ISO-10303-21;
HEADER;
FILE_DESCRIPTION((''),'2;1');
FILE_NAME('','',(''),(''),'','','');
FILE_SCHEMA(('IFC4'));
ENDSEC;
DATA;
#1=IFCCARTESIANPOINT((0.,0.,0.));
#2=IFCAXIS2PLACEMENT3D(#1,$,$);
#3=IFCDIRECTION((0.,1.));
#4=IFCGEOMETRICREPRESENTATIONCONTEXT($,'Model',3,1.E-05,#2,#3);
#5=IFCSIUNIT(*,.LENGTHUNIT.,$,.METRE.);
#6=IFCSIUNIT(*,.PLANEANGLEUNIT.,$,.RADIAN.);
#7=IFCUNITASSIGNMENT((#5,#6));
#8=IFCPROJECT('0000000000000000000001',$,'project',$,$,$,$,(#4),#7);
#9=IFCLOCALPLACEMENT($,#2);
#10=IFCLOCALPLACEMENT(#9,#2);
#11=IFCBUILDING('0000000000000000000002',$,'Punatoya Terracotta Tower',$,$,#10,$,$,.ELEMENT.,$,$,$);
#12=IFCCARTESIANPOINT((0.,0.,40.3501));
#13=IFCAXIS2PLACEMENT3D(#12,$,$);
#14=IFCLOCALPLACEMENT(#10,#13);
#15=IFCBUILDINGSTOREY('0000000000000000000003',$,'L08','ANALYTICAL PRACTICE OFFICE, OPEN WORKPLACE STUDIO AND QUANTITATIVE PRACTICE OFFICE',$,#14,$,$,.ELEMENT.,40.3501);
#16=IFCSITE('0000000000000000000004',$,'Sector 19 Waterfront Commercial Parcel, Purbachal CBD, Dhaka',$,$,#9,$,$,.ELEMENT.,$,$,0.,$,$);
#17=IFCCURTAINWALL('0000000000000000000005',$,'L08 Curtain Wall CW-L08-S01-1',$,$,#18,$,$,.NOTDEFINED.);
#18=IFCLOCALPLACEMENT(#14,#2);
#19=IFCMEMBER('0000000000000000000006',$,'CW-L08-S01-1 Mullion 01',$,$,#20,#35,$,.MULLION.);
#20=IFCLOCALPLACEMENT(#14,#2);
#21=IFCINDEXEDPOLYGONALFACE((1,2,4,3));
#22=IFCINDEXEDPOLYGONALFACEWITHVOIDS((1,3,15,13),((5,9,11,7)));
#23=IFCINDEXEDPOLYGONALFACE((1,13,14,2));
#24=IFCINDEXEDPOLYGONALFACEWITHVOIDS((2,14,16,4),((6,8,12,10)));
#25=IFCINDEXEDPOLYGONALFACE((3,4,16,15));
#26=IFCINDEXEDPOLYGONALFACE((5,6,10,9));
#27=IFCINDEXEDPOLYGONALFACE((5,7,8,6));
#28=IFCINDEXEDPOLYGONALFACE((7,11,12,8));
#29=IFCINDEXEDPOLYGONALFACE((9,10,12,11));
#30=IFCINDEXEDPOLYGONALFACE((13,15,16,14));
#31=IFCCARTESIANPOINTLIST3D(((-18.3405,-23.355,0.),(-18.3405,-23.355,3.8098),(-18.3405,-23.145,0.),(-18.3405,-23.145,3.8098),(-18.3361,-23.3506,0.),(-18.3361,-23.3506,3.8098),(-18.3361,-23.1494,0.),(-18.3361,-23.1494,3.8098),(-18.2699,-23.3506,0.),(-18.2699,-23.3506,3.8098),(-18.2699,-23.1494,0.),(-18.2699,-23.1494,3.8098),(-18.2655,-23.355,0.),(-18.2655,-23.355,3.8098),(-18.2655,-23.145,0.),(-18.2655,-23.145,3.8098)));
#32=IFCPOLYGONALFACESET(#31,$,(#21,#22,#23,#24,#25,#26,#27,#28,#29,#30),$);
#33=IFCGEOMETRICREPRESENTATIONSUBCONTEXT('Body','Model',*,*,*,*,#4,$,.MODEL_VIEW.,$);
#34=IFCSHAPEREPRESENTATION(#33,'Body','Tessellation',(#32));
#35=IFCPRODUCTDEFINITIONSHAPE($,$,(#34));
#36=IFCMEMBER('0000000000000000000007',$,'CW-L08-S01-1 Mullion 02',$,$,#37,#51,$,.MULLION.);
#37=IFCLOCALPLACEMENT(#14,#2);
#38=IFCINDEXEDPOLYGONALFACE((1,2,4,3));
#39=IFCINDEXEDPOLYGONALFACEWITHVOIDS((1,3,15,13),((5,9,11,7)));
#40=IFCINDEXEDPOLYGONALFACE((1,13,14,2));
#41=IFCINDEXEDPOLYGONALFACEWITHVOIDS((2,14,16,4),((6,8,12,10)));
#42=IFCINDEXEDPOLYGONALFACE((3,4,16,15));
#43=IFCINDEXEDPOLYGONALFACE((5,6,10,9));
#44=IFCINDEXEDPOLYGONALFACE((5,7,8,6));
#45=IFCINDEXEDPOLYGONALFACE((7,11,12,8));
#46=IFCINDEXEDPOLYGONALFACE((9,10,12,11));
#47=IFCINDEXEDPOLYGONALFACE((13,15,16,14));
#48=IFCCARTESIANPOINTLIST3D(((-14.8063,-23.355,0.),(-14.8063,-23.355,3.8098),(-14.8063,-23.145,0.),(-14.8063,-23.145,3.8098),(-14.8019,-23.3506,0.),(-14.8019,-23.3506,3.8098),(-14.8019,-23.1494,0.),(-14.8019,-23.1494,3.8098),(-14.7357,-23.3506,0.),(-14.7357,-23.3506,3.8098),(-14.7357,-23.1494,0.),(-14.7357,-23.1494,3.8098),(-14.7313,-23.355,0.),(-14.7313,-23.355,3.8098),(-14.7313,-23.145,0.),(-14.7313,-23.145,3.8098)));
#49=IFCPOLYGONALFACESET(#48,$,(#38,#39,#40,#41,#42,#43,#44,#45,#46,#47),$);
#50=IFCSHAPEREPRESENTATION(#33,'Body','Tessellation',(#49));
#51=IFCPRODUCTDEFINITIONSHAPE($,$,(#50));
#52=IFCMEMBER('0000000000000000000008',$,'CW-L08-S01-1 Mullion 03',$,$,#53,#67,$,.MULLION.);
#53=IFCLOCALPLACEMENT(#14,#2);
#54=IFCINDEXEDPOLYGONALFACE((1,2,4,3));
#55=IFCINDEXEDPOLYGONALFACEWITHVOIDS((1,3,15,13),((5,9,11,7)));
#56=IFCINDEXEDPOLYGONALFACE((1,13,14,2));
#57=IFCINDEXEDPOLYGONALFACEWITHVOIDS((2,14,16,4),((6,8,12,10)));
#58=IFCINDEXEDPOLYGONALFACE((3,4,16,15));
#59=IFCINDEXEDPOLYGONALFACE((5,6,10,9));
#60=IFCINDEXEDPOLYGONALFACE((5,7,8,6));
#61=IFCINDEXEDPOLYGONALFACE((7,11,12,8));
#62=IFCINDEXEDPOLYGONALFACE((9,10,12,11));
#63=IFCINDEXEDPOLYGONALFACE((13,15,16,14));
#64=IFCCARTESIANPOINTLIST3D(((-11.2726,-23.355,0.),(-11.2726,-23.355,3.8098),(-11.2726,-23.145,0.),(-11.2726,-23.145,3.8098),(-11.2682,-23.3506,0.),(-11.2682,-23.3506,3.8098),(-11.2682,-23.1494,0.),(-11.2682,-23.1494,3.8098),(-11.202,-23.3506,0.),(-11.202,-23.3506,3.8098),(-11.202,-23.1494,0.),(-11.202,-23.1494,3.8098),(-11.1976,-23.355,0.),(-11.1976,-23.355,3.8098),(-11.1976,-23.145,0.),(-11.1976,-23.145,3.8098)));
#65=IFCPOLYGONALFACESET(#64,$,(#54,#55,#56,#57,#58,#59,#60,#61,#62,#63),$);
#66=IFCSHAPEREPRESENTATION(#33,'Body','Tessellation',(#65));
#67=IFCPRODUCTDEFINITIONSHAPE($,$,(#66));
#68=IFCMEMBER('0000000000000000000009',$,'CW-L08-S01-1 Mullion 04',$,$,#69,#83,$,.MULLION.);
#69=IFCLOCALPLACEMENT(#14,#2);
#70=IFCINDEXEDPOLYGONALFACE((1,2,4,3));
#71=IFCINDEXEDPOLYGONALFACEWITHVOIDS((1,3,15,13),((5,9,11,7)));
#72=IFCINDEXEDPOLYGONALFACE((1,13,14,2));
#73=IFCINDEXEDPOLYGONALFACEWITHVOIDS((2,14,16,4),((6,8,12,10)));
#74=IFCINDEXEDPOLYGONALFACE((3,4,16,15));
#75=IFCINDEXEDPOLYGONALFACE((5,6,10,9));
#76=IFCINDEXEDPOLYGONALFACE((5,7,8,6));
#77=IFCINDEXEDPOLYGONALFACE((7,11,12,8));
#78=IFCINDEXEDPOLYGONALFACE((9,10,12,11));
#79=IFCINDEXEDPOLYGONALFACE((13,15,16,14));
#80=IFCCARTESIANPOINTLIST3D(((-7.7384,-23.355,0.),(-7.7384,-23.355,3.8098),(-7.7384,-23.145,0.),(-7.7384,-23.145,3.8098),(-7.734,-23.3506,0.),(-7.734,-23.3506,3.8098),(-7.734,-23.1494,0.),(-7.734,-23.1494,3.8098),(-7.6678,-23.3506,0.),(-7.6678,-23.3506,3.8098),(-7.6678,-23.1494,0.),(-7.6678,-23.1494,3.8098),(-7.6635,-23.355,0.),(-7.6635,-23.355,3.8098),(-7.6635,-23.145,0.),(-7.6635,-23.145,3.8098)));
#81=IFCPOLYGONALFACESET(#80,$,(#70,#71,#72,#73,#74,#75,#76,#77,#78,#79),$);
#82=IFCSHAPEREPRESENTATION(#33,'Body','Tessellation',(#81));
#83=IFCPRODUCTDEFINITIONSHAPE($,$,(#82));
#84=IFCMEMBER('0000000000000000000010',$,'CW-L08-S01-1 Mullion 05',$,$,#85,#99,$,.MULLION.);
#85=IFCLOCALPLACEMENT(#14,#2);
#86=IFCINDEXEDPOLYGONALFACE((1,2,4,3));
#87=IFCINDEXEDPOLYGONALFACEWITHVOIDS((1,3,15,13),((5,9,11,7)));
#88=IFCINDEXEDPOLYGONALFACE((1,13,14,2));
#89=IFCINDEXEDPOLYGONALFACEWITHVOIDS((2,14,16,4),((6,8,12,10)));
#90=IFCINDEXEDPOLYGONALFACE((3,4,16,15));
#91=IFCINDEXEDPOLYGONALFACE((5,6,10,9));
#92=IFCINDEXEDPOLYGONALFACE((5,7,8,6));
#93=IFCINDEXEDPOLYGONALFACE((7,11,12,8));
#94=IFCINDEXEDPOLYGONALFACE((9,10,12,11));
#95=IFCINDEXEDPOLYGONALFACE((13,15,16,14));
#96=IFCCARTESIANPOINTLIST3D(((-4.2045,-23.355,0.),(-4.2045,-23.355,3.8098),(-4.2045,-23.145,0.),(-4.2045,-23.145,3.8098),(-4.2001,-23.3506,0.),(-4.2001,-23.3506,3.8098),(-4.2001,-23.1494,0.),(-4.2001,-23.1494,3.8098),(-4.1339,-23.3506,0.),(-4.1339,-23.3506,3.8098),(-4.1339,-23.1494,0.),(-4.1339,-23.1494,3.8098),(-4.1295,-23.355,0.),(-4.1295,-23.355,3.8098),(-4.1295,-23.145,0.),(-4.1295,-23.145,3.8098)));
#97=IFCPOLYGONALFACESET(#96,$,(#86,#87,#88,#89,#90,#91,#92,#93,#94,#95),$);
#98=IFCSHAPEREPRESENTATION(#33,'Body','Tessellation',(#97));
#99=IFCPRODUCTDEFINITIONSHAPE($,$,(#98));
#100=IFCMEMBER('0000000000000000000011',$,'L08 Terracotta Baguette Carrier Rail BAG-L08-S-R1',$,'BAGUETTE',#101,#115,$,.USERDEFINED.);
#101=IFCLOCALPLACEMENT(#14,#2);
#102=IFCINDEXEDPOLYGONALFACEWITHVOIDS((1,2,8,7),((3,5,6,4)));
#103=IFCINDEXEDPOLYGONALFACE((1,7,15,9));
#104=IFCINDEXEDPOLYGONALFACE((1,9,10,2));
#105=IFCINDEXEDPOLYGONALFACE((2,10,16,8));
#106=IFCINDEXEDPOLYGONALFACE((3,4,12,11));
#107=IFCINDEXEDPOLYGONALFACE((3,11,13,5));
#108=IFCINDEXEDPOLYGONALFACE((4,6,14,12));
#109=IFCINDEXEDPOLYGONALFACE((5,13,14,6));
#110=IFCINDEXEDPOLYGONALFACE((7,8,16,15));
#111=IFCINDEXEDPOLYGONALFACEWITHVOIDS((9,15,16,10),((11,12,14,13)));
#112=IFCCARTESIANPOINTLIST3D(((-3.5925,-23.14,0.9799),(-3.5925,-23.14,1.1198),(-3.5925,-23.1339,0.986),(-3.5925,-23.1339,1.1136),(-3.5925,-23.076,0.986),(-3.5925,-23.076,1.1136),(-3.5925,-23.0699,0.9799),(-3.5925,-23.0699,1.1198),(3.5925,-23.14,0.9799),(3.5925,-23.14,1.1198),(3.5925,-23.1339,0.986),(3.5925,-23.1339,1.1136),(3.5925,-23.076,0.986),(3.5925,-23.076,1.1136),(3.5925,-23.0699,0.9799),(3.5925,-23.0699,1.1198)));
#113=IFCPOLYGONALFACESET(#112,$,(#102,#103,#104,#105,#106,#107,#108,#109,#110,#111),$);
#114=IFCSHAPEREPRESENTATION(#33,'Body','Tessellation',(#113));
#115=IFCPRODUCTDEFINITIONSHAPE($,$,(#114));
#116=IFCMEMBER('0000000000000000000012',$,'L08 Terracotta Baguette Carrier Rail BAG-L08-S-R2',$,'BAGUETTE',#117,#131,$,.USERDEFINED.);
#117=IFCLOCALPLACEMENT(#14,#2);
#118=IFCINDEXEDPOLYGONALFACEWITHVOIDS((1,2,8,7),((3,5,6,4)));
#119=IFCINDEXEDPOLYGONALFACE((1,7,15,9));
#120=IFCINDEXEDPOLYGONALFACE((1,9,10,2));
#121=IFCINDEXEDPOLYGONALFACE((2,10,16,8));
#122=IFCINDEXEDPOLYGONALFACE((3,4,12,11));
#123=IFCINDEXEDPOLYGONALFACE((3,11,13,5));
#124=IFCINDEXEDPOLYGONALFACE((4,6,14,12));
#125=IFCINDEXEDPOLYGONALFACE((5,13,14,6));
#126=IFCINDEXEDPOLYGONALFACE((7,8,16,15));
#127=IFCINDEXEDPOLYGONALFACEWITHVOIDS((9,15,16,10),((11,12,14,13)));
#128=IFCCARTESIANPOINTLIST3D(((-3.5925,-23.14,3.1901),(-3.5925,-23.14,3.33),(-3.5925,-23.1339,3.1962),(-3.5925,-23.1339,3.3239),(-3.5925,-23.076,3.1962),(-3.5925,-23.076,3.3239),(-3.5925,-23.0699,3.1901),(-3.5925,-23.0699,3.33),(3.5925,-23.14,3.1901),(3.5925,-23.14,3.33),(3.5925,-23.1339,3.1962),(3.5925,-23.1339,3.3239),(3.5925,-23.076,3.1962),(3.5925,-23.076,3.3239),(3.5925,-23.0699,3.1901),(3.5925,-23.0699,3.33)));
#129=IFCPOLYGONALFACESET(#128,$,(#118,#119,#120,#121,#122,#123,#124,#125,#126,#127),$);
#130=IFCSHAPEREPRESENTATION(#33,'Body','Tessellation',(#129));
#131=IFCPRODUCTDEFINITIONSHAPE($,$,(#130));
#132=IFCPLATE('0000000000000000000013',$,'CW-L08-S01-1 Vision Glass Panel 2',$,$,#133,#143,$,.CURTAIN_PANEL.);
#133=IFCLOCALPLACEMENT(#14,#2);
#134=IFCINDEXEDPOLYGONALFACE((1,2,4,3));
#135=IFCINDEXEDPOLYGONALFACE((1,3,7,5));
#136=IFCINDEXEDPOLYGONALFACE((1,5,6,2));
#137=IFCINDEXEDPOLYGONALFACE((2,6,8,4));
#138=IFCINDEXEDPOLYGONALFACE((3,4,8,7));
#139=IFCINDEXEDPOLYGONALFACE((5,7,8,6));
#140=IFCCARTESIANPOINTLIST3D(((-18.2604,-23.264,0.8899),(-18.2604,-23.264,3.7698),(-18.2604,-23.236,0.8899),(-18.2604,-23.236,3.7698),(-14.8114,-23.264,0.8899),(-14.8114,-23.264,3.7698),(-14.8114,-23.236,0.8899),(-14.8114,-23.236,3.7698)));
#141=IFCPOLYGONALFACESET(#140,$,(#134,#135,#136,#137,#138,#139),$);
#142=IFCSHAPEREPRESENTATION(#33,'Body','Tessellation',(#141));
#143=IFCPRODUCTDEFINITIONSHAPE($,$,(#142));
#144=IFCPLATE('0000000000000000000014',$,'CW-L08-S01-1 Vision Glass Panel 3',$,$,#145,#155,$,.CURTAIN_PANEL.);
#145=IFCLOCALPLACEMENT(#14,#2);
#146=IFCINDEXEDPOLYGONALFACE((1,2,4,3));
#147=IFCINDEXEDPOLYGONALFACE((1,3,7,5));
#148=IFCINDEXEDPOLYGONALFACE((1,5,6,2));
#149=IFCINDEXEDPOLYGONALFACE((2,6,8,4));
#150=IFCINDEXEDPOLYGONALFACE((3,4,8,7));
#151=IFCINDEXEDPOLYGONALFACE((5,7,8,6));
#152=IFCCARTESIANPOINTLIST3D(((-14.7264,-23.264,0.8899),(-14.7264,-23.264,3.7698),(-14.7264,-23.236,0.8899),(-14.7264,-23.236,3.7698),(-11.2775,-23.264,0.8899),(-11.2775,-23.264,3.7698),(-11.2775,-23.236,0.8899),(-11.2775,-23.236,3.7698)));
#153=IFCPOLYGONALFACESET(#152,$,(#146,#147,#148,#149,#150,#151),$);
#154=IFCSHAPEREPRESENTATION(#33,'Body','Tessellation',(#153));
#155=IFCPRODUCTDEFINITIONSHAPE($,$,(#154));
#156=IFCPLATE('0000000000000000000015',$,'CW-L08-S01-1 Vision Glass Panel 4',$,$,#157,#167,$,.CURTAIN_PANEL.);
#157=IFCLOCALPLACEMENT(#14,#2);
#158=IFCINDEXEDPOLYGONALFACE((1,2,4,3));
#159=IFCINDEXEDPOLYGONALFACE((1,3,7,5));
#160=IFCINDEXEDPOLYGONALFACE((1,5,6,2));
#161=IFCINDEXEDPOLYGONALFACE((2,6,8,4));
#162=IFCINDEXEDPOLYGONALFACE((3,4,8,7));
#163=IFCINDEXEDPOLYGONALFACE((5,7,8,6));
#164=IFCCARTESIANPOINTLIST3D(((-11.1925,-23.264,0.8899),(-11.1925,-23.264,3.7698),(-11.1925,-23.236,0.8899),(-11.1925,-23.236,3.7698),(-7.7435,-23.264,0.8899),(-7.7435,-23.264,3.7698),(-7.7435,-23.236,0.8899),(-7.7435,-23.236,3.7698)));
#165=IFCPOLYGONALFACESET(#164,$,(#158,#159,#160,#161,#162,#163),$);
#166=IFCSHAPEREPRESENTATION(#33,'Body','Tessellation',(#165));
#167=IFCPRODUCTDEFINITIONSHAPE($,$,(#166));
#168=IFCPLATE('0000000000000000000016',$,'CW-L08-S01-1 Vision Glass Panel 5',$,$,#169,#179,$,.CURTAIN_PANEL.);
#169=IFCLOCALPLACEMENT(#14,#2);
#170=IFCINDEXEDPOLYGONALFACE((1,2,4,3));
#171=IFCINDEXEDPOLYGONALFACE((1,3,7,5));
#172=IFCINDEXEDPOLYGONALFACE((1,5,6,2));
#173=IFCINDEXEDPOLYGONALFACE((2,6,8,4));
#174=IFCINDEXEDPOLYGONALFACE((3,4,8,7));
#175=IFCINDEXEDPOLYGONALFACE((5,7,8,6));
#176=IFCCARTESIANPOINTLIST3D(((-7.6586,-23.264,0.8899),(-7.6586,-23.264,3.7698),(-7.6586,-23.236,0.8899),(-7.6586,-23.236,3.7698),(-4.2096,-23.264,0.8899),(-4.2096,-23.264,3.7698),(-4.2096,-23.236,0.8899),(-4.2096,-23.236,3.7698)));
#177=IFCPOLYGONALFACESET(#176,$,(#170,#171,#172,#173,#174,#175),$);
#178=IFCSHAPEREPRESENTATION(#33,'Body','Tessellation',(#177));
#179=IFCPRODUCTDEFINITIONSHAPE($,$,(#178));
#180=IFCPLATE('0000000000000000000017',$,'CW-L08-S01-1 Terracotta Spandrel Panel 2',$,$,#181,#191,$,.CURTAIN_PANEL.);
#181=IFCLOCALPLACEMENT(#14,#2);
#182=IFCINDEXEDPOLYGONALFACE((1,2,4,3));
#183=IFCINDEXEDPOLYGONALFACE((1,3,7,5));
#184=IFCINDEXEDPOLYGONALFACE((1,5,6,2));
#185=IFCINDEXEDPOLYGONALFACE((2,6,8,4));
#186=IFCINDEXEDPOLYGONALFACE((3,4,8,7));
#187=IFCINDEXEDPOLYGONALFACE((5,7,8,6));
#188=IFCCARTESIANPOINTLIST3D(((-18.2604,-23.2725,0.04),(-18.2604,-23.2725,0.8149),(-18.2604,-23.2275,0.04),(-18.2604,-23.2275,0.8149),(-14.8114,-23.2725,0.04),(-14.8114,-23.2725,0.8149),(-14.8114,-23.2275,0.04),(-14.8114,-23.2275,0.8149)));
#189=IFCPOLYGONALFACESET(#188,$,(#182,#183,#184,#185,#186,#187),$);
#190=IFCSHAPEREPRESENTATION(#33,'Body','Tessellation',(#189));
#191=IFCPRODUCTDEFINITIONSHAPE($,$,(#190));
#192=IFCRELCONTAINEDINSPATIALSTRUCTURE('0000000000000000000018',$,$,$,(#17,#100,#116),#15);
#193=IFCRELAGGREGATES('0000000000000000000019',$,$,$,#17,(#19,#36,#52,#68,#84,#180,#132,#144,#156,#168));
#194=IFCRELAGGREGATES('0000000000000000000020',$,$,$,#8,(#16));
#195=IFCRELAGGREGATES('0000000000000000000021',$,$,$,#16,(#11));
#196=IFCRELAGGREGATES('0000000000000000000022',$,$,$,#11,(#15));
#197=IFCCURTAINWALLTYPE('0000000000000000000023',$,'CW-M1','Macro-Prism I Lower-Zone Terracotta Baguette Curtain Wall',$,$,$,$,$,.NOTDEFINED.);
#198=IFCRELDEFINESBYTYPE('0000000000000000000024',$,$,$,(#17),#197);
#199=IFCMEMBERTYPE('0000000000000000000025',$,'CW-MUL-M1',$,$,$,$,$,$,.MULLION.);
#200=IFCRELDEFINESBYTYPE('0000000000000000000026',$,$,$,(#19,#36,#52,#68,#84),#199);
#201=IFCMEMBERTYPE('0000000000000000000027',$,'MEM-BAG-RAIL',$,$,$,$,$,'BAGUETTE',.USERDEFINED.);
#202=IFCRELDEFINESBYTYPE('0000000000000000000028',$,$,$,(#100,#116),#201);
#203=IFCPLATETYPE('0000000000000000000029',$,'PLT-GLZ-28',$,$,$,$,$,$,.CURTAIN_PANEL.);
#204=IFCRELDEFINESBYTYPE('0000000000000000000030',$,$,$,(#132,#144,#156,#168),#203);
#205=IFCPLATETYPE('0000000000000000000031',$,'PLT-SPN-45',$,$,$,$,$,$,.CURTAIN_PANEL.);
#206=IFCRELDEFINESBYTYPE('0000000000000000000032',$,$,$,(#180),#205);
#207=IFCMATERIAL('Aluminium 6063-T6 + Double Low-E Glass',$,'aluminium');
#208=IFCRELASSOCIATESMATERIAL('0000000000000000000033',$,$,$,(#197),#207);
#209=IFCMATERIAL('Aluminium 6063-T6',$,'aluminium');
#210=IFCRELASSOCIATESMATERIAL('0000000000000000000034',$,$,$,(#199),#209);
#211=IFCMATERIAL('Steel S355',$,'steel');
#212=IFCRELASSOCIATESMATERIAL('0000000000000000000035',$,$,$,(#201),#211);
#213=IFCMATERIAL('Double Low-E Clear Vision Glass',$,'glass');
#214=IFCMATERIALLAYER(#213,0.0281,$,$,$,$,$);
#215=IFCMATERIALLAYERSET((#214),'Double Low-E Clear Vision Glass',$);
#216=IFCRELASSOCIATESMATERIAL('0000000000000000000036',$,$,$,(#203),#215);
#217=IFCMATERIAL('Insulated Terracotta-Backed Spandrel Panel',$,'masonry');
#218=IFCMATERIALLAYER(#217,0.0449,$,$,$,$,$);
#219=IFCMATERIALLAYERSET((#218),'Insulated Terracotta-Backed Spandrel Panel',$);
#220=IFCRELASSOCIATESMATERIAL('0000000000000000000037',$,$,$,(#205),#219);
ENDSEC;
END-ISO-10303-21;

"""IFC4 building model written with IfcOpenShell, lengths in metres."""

from ifc_helpers import new_model, si_unit, direction, frame, origin, origin_2d, place, context, subcontext, project, spatial, rectangle, hollow_rectangle, extrude, material, layer, layer_set, material_profile, profile_set, type_object, element, aggregate, save


model = new_model("IFC4")

# Units and contexts
model_context = context("Model", 3, precision=1e-05, world=origin(), true_north=direction((0.0, 1.0)))
body_context = subcontext(model_context, "Body", "Model", "MODEL_VIEW")
ifc_project = project(units=[si_unit("LENGTHUNIT", "METRE"), si_unit("PLANEANGLEUNIT", "RADIAN")], contexts=[model_context])

# Site, building, storey
site_placement = place(None, origin())
site = spatial("IfcSite", under=ifc_project, at=site_placement, Name="Sector 19 Waterfront Commercial Parcel, Purbachal CBD, Dhaka", CompositionType="ELEMENT", RefElevation=0.0)
building_placement = place(site_placement, origin())
building = spatial("IfcBuilding", under=site, at=building_placement, Name="Punatoya Terracotta Tower", CompositionType="ELEMENT")
storey_placement = place(building_placement, frame((0.0, 0.0, 40.3501)))
storey = spatial("IfcBuildingStorey", under=building, at=storey_placement, Name="L08", Description="ANALYTICAL PRACTICE OFFICE, OPEN WORKPLACE STUDIO AND QUANTITATIVE PRACTICE OFFICE", CompositionType="ELEMENT", Elevation=40.3501)

# Curtain wall, members
ifc_material_1 = material(Name="Aluminium 6063-T6 + Double Low-E Glass", Category="aluminium")
curtain_wall_type = type_object("IfcCurtainWallType", Name="CW-M1", Description="Macro-Prism I Lower-Zone Terracotta Baguette Curtain Wall", PredefinedType="NOTDEFINED", material=ifc_material_1)
curtain_wall_placement = place(storey_placement, origin())
curtain_wall = element("IfcCurtainWall", 1, at=curtain_wall_placement, inside=storey, type_object=curtain_wall_type, Name="L08 Curtain Wall CW-L08-S01-1", PredefinedType="NOTDEFINED")
ifc_material_2 = material(Name="Aluminium 6063-T6", Category="aluminium")
ifc_material_profile_1 = material_profile(ifc_material_2, hollow_rectangle(XDim=0.075, YDim=0.21, WallThickness=0.0044, at=origin_2d()))
ifc_profile_set_1 = profile_set([ifc_material_profile_1], Name="Aluminium 6063-T6")
member_type_1 = type_object("IfcMemberType", Name="CW-MUL-M1", PredefinedType="MULLION", material=ifc_profile_set_1)
member_1_placement = place(storey_placement, frame((-18.303, -23.25, 0.0), z_axis=(0.0, 0.0, 1.0), x_axis=(1.0, 0.0, 0.0)))
member_1 = element("IfcMember", 2, at=member_1_placement, type_object=member_type_1, Name="CW-L08-S01-1 Mullion 01", PredefinedType="MULLION", context=body_context, shape_type="SweptSolid", body=[
    extrude(hollow_rectangle(XDim=0.075, YDim=0.21, WallThickness=0.0044, at=origin_2d()), origin(), (0.0, 0.0, 1.0), 3.8098),
])
member_2_placement = place(storey_placement, frame((-14.7688, -23.25, 0.0), z_axis=(0.0, 0.0, 1.0), x_axis=(1.0, 0.0, 0.0)))
member_2 = element("IfcMember", 3, at=member_2_placement, type_object=member_type_1, Name="CW-L08-S01-1 Mullion 02", PredefinedType="MULLION", context=body_context, shape_type="SweptSolid", body=[
    extrude(hollow_rectangle(XDim=0.075, YDim=0.21, WallThickness=0.0044, at=origin_2d()), origin(), (0.0, 0.0, 1.0), 3.8098),
])
member_3_placement = place(storey_placement, frame((-11.2351, -23.25, 0.0), z_axis=(0.0, 0.0, 1.0), x_axis=(1.0, 0.0, 0.0)))
member_3 = element("IfcMember", 4, at=member_3_placement, type_object=member_type_1, Name="CW-L08-S01-1 Mullion 03", PredefinedType="MULLION", context=body_context, shape_type="SweptSolid", body=[
    extrude(hollow_rectangle(XDim=0.075, YDim=0.21, WallThickness=0.0044, at=origin_2d()), origin(), (0.0, 0.0, 1.0), 3.8098),
])
member_4_placement = place(storey_placement, frame((-7.7009, -23.25, 0.0), z_axis=(0.0, 0.0, 1.0), x_axis=(1.0, 0.0, 0.0)))
member_4 = element("IfcMember", 5, at=member_4_placement, type_object=member_type_1, Name="CW-L08-S01-1 Mullion 04", PredefinedType="MULLION", context=body_context, shape_type="SweptSolid", body=[
    extrude(hollow_rectangle(XDim=0.075, YDim=0.21, WallThickness=0.0044, at=origin_2d()), origin(), (0.0, 0.0, 1.0), 3.8098),
])
member_5_placement = place(storey_placement, frame((-4.167, -23.25, 0.0), z_axis=(0.0, 0.0, 1.0), x_axis=(1.0, 0.0, 0.0)))
member_5 = element("IfcMember", 6, at=member_5_placement, type_object=member_type_1, Name="CW-L08-S01-1 Mullion 05", PredefinedType="MULLION", context=body_context, shape_type="SweptSolid", body=[
    extrude(hollow_rectangle(XDim=0.075, YDim=0.21, WallThickness=0.0044, at=origin_2d()), origin(), (0.0, 0.0, 1.0), 3.8098),
])

# Members
ifc_material_3 = material(Name="Steel S355", Category="steel")
ifc_material_profile_2 = material_profile(ifc_material_3, hollow_rectangle(XDim=0.0701, YDim=0.1399, WallThickness=0.0061, at=origin_2d()))
ifc_profile_set_2 = profile_set([ifc_material_profile_2], Name="Steel S355")
member_type_2 = type_object("IfcMemberType", Name="MEM-BAG-RAIL", ElementType="BAGUETTE", PredefinedType="USERDEFINED", material=ifc_profile_set_2)
for number, where, z_axis, x_axis, name in (
    (7, (-3.5925, -23.105, 1.0498), (1.0, 0.0, 0.0), (0.0, 1.0, 0.0), "L08 Terracotta Baguette Carrier Rail BAG-L08-S-R1"),
    (8, (-3.5925, -23.105, 3.26), (1.0, 0.0, 0.0), (0.0, 1.0, 0.0), "L08 Terracotta Baguette Carrier Rail BAG-L08-S-R2"),
):
    element("IfcMember", number, at=place(storey_placement, frame(where, z_axis=z_axis, x_axis=x_axis)), inside=storey, type_object=member_type_2, Name=name, ObjectType="BAGUETTE", PredefinedType="USERDEFINED", context=body_context, shape_type="SweptSolid", body=[
        extrude(hollow_rectangle(XDim=0.0701, YDim=0.1399, WallThickness=0.0061, at=origin_2d()), origin(), (0.0, 0.0, 1.0), 7.1851),
    ])

# Plates
ifc_material_4 = material(Name="Double Low-E Clear Vision Glass", Category="glass")
ifc_layer_1 = layer(ifc_material_4, 0.0281)
ifc_layer_set_1 = layer_set([ifc_layer_1], Name="Double Low-E Clear Vision Glass")
plate_type_1 = type_object("IfcPlateType", Name="PLT-GLZ-28", PredefinedType="CURTAIN_PANEL", material=ifc_layer_set_1)
plate_1_placement = place(storey_placement, frame((-16.5359, -23.25, 0.8899), z_axis=(0.0, 0.0, 1.0), x_axis=(1.0, 0.0, 0.0)))
plate_1 = element("IfcPlate", 9, at=plate_1_placement, type_object=plate_type_1, Name="CW-L08-S01-1 Vision Glass Panel 2", PredefinedType="CURTAIN_PANEL", context=body_context, shape_type="SweptSolid", body=[
    extrude(rectangle(XDim=3.449, YDim=0.0281, at=origin_2d()), origin(), (0.0, 0.0, 1.0), 2.8799),
])
plate_2_placement = place(storey_placement, frame((-13.002, -23.25, 0.8899), z_axis=(0.0, 0.0, 1.0), x_axis=(1.0, 0.0, 0.0)))
plate_2 = element("IfcPlate", 10, at=plate_2_placement, type_object=plate_type_1, Name="CW-L08-S01-1 Vision Glass Panel 3", PredefinedType="CURTAIN_PANEL", context=body_context, shape_type="SweptSolid", body=[
    extrude(rectangle(XDim=3.449, YDim=0.0281, at=origin_2d()), origin(), (0.0, 0.0, 1.0), 2.8799),
])
plate_3_placement = place(storey_placement, frame((-9.468, -23.25, 0.8899), z_axis=(0.0, 0.0, 1.0), x_axis=(1.0, 0.0, 0.0)))
plate_3 = element("IfcPlate", 11, at=plate_3_placement, type_object=plate_type_1, Name="CW-L08-S01-1 Vision Glass Panel 4", PredefinedType="CURTAIN_PANEL", context=body_context, shape_type="SweptSolid", body=[
    extrude(rectangle(XDim=3.449, YDim=0.0281, at=origin_2d()), origin(), (0.0, 0.0, 1.0), 2.8799),
])
plate_4_placement = place(storey_placement, frame((-5.9341, -23.25, 0.8899), z_axis=(0.0, 0.0, 1.0), x_axis=(1.0, 0.0, 0.0)))
plate_4 = element("IfcPlate", 12, at=plate_4_placement, type_object=plate_type_1, Name="CW-L08-S01-1 Vision Glass Panel 5", PredefinedType="CURTAIN_PANEL", context=body_context, shape_type="SweptSolid", body=[
    extrude(rectangle(XDim=3.449, YDim=0.0281, at=origin_2d()), origin(), (0.0, 0.0, 1.0), 2.8799),
])
ifc_material_5 = material(Name="Insulated Terracotta-Backed Spandrel Panel", Category="masonry")
ifc_layer_2 = layer(ifc_material_5, 0.0449)
ifc_layer_set_2 = layer_set([ifc_layer_2], Name="Insulated Terracotta-Backed Spandrel Panel")
plate_type_2 = type_object("IfcPlateType", Name="PLT-SPN-45", PredefinedType="CURTAIN_PANEL", material=ifc_layer_set_2)
plate_5_placement = place(storey_placement, frame((-16.5359, -23.25, 0.04), z_axis=(0.0, 0.0, 1.0), x_axis=(1.0, 0.0, 0.0)))
plate_5 = element("IfcPlate", 13, at=plate_5_placement, type_object=plate_type_2, Name="CW-L08-S01-1 Terracotta Spandrel Panel 2", PredefinedType="CURTAIN_PANEL", context=body_context, shape_type="SweptSolid", body=[
    extrude(rectangle(XDim=3.449, YDim=0.0449, at=origin_2d()), origin(), (0.0, 0.0, 1.0), 0.7749),
])
aggregate(curtain_wall, [member_1, member_2, member_3, member_4, member_5, plate_5, plate_1, plate_2, plate_3, plate_4])

save(model, "model.ifc")
